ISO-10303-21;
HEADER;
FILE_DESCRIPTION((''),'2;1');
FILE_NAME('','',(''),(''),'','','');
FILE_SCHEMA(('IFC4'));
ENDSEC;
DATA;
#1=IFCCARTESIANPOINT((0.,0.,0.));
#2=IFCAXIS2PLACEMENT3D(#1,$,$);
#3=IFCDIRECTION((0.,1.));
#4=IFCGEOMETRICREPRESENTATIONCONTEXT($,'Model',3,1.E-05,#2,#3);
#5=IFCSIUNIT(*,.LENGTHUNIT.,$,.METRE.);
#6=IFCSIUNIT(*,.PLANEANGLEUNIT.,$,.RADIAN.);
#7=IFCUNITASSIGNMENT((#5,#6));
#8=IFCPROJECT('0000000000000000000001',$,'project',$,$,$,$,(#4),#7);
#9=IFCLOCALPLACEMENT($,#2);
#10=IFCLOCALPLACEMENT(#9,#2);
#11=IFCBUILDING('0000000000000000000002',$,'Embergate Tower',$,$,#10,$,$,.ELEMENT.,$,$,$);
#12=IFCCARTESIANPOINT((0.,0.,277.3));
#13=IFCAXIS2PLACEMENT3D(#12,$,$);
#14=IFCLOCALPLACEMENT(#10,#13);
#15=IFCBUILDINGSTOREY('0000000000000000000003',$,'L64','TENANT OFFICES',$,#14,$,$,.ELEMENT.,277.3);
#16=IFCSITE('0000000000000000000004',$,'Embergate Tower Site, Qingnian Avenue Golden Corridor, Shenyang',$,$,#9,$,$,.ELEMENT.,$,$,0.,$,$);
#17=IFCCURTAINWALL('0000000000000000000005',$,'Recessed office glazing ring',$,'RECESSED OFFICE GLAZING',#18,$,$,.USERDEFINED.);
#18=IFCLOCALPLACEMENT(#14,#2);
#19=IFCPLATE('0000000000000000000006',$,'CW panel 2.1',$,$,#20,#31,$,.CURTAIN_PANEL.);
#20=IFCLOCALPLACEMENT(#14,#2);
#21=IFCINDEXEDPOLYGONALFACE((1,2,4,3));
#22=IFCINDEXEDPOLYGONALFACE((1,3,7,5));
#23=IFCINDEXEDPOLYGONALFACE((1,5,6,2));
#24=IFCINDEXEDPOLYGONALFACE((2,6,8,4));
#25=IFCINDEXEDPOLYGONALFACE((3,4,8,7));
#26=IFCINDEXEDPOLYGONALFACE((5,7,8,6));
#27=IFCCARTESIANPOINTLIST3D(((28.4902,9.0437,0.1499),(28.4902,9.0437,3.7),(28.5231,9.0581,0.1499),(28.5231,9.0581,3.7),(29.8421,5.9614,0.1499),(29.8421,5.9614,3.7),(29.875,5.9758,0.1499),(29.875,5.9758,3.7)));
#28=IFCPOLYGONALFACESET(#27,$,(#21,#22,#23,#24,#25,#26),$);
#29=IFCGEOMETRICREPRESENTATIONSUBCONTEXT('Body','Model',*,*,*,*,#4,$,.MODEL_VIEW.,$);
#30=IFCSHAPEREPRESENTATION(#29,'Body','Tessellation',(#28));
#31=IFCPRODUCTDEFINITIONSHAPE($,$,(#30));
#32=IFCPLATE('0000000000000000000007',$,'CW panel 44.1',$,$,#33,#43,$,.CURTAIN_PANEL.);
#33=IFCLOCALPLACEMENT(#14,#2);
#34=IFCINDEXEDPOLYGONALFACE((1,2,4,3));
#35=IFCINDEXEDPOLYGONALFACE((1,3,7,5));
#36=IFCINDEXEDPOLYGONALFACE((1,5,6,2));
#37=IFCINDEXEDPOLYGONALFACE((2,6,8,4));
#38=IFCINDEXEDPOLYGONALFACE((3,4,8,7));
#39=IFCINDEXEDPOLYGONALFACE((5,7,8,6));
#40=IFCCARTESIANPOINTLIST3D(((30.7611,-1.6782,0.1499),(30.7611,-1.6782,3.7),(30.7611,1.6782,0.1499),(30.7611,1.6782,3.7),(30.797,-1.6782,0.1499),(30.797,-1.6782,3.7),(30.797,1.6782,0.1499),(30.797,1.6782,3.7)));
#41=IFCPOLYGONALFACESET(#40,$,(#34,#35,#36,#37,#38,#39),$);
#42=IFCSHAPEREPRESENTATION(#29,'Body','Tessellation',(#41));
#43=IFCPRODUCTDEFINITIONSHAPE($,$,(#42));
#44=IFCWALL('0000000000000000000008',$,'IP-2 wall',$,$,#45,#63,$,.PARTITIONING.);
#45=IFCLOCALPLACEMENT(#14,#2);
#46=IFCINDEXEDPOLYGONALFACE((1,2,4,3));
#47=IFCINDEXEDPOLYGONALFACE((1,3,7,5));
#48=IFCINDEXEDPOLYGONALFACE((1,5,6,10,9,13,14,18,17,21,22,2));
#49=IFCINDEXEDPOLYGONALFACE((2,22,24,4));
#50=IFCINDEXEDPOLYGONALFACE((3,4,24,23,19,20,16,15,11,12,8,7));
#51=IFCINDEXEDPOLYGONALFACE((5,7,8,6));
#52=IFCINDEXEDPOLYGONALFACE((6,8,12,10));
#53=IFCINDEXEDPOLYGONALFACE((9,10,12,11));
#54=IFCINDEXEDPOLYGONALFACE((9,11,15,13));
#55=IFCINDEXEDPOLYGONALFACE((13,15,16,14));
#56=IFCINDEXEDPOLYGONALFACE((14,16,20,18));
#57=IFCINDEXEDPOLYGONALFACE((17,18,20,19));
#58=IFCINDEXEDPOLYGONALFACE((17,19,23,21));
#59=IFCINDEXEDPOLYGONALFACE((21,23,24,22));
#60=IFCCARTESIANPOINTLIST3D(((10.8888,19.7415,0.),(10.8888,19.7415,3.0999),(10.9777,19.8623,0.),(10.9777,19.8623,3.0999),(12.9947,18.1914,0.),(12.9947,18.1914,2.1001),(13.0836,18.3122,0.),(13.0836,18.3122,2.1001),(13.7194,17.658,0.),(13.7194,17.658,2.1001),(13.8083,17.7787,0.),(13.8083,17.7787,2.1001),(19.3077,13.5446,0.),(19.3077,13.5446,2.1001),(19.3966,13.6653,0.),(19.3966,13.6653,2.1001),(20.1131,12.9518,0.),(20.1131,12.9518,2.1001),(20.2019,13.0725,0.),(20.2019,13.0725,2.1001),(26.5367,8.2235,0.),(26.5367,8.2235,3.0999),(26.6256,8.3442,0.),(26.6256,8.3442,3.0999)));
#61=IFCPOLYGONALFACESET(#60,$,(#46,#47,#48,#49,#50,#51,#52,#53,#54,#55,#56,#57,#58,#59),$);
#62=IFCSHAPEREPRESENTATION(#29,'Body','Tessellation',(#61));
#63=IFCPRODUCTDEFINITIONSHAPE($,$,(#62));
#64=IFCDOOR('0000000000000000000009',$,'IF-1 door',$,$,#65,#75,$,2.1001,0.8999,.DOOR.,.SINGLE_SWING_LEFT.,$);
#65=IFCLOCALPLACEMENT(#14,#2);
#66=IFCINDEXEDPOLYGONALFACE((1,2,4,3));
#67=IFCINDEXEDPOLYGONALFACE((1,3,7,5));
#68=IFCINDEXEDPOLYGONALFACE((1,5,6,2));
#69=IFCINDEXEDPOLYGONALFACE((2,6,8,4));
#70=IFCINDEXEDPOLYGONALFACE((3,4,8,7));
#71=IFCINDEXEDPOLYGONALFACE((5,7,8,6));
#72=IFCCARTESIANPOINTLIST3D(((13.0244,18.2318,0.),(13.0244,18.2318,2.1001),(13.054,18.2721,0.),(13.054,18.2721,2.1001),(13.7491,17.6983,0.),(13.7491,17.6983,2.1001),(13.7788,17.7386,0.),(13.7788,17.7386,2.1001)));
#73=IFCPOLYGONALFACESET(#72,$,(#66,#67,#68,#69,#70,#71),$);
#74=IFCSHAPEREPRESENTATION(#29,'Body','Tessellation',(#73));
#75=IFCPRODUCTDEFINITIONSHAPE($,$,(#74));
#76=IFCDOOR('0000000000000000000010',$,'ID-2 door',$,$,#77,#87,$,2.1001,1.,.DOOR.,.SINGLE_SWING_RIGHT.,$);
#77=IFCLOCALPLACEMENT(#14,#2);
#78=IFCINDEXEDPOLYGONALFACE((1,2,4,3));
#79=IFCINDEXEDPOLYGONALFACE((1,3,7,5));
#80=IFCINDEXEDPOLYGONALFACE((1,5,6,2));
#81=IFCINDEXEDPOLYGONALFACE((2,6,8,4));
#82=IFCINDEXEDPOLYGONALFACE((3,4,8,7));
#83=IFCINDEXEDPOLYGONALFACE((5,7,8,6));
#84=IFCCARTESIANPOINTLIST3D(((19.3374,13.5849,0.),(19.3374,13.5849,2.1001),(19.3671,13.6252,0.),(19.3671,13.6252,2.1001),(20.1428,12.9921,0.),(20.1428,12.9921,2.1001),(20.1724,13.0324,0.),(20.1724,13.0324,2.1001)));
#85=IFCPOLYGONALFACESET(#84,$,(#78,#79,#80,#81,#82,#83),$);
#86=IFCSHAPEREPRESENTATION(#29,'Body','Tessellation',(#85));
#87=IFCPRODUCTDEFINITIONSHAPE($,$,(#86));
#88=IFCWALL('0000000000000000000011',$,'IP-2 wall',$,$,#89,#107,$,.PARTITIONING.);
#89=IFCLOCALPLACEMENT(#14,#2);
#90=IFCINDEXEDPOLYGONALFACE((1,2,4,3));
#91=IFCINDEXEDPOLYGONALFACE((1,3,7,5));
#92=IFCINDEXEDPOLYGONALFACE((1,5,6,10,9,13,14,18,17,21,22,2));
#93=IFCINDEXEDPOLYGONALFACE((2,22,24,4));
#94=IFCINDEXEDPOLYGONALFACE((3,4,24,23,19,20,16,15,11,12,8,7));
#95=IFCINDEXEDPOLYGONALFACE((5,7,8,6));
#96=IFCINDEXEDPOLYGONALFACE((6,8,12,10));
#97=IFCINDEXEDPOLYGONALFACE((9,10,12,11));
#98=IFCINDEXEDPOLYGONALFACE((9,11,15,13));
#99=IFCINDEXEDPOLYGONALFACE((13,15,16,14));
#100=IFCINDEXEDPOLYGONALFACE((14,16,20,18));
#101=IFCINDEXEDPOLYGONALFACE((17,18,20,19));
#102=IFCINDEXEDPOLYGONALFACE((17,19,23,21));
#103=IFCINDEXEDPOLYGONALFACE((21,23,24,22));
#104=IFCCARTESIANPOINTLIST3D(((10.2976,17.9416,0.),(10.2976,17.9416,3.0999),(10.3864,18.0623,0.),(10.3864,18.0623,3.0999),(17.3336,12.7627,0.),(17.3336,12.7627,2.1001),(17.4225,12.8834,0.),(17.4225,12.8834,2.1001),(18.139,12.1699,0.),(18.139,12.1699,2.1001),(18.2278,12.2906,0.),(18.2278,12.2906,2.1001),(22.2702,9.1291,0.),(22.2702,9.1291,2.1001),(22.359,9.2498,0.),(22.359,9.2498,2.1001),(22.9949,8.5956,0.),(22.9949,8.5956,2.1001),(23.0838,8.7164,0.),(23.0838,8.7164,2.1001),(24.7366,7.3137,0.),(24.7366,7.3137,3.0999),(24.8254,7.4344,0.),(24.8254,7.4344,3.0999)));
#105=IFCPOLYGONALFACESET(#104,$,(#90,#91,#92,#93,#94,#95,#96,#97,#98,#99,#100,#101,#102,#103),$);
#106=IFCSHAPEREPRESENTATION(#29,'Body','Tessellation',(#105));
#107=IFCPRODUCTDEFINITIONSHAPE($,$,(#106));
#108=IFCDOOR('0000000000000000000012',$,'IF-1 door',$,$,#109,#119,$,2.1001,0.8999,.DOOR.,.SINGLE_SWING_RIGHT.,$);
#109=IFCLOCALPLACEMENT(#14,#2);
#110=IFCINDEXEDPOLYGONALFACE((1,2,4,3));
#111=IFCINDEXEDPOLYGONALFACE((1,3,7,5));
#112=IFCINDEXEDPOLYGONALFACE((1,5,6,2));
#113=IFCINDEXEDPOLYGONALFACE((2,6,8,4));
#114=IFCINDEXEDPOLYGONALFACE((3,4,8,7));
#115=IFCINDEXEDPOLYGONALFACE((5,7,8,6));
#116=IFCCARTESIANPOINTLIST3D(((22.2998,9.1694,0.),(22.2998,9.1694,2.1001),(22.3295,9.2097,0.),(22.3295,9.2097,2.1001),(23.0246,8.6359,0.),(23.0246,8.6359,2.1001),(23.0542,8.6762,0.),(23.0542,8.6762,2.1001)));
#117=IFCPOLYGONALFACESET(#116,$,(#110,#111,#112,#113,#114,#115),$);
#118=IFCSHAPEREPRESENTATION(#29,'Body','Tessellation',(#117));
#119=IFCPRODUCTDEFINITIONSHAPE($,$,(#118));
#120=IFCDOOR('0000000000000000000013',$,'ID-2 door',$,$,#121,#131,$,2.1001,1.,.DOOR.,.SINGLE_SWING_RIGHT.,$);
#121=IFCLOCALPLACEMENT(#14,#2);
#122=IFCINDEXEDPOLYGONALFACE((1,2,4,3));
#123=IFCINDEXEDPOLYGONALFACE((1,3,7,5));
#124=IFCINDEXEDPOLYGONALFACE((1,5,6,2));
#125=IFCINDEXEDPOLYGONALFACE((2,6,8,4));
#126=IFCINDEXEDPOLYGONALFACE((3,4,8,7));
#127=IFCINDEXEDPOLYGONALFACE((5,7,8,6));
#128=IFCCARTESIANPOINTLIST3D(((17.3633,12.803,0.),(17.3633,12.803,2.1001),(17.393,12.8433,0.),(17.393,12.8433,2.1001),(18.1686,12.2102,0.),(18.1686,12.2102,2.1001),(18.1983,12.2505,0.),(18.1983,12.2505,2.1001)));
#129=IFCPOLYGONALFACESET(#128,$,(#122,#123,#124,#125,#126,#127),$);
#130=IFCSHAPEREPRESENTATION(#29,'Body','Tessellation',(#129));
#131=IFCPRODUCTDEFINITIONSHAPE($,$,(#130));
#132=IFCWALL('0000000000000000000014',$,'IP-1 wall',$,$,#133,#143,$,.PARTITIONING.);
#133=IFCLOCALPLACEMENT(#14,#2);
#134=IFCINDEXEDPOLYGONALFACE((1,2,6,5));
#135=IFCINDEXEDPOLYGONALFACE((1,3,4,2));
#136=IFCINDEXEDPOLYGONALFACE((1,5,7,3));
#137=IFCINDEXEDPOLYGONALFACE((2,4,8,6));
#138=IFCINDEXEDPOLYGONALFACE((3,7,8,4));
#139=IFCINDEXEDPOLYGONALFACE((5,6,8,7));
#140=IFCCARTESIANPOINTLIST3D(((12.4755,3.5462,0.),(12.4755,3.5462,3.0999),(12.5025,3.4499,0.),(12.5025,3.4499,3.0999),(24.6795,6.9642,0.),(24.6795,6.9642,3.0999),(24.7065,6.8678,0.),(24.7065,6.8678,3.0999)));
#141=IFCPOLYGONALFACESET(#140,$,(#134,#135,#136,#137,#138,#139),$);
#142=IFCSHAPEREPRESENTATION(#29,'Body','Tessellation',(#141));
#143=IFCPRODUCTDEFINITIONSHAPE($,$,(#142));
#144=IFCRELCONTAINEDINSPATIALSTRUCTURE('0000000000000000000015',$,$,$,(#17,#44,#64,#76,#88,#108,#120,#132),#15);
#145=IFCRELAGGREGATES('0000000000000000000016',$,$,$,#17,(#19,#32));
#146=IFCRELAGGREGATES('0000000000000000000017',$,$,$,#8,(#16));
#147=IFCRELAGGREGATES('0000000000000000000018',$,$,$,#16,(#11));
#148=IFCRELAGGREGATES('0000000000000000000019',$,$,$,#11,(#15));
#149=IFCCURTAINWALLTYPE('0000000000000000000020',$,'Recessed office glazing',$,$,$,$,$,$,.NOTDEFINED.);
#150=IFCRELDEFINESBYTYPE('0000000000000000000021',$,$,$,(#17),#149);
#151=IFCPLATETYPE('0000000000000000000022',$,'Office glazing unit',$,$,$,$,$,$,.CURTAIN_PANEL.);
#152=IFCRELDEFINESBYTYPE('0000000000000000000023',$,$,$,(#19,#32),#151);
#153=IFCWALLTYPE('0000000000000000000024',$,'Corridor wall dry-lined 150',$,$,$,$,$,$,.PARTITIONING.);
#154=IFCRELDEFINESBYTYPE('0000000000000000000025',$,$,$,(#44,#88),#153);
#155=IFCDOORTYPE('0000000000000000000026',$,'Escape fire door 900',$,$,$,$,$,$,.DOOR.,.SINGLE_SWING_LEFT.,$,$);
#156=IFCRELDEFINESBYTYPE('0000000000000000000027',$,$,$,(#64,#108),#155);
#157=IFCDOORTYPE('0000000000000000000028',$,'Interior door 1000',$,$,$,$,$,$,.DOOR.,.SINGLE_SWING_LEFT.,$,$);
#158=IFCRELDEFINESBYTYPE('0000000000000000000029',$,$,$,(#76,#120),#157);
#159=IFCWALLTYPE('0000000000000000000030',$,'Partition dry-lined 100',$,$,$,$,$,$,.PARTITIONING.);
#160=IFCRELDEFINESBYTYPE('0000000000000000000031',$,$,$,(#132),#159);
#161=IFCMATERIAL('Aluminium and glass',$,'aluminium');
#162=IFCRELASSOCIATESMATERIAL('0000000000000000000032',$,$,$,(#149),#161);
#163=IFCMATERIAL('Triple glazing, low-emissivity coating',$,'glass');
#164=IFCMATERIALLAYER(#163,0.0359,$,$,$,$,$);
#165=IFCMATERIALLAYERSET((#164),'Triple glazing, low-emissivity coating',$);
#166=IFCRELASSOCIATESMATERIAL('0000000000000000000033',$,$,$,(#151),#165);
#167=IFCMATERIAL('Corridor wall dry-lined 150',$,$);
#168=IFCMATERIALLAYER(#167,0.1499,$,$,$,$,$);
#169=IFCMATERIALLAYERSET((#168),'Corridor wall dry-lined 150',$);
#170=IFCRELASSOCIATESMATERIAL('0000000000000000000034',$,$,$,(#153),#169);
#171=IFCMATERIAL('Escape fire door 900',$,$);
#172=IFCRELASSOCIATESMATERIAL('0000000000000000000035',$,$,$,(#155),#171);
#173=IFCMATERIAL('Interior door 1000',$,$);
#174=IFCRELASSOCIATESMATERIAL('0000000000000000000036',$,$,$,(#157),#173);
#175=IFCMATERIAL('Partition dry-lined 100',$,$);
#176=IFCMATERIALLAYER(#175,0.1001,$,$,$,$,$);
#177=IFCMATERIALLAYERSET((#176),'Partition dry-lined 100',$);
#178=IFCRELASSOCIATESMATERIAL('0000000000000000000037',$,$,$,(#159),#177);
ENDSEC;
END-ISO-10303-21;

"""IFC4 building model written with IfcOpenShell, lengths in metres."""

from ifc_helpers import new_model, si_unit, direction, frame, frame_2d, origin, origin_2d, place, context, subcontext, project, spatial, rectangle, extrude, source, transform, mapped, material, layer, layer_set, type_object, element, fill, aggregate, save


model = new_model("IFC4")

# Units and contexts
model_context = context("Model", 3, precision=1e-05, world=origin(), true_north=direction((0.0, 1.0)))
body_context = subcontext(model_context, "Body", "Model", "MODEL_VIEW")
ifc_project = project(units=[si_unit("LENGTHUNIT", "METRE"), si_unit("PLANEANGLEUNIT", "RADIAN")], contexts=[model_context])

# Site, building, storey
site_placement = place(None, origin())
site = spatial("IfcSite", under=ifc_project, at=site_placement, Name="Embergate Tower Site, Qingnian Avenue Golden Corridor, Shenyang", CompositionType="ELEMENT", RefElevation=0.0)
building_placement = place(site_placement, origin())
building = spatial("IfcBuilding", under=site, at=building_placement, Name="Embergate Tower", CompositionType="ELEMENT")
storey_placement = place(building_placement, frame((0.0, 0.0, 277.3)))
storey = spatial("IfcBuildingStorey", under=building, at=storey_placement, Name="L64", Description="TENANT OFFICES", CompositionType="ELEMENT", Elevation=277.3)

# Curtain wall, plates
ifc_material_1 = material(Name="Aluminium and glass", Category="aluminium")
curtain_wall_type = type_object("IfcCurtainWallType", Name="Recessed office glazing", PredefinedType="NOTDEFINED", material=ifc_material_1)
curtain_wall_placement = place(storey_placement, origin())
curtain_wall = element("IfcCurtainWall", 1, at=curtain_wall_placement, inside=storey, type_object=curtain_wall_type, Name="Recessed office glazing ring", ObjectType="RECESSED OFFICE GLAZING", PredefinedType="USERDEFINED")
ifc_material_2 = material(Name="Triple glazing, low-emissivity coating", Category="glass")
ifc_layer_1 = layer(ifc_material_2, 0.0359)
ifc_layer_set_1 = layer_set([ifc_layer_1], Name="Triple glazing, low-emissivity coating")
plate_type = type_object("IfcPlateType", Name="Office glazing unit", PredefinedType="CURTAIN_PANEL", material=ifc_layer_set_1)
shared_shape_1 = source(origin(), body_context, "Body", "SweptSolid", [
    extrude(rectangle(XDim=3.3657, YDim=0.0359, at=origin_2d()), origin(), (0.0, 0.0, 1.0), 3.55),
])
plate_1_placement = place(storey_placement, frame((29.1826, 7.5098, 0.1499), z_axis=(0.0, 0.0, 1.0), x_axis=(-0.401658, 0.91579, 0.0)))
plate_1 = element("IfcPlate", 2, at=plate_1_placement, type_object=plate_type, Name="CW panel 2.1", PredefinedType="CURTAIN_PANEL", context=body_context, shape_type="MappedRepresentation", body=[
    mapped(shared_shape_1, transform((0.0, 0.0, 0.0))),
])
shared_shape_2 = source(origin(), body_context, "Body", "SweptSolid", [
    extrude(rectangle(XDim=3.3564, YDim=0.0359, at=origin_2d()), origin(), (0.0, 0.0, 1.0), 3.55),
])
plate_2_placement = place(storey_placement, frame((30.7791, 0.0, 0.1499), z_axis=(0.0, 0.0, 1.0), x_axis=(0.0, 1.0, 0.0)))
plate_2 = element("IfcPlate", 3, at=plate_2_placement, type_object=plate_type, Name="CW panel 44.1", PredefinedType="CURTAIN_PANEL", context=body_context, shape_type="MappedRepresentation", body=[
    mapped(shared_shape_2, transform((0.0, 0.0, 0.0))),
])
aggregate(curtain_wall, [plate_1, plate_2])

# Walls, openings, doors
ifc_material_3 = material(Name="Corridor wall dry-lined 150")
ifc_layer_2 = layer(ifc_material_3, 0.1499)
ifc_layer_set_2 = layer_set([ifc_layer_2], Name="Corridor wall dry-lined 150")
wall_type_1 = type_object("IfcWallType", Name="Corridor wall dry-lined 150", PredefinedType="PARTITIONING", material=ifc_layer_set_2)
shared_shape_3 = source(origin(), body_context, "Body", "SweptSolid", [
    extrude(rectangle(XDim=19.4299, YDim=0.1499, at=frame_2d((9.7148, 0.0))), origin(), (0.0, 0.0, 1.0), 3.0999),
])
wall_1_placement = place(storey_placement, frame((26.5811, 8.2839, 0.0), z_axis=(0.0, 0.0, 1.0), x_axis=(-0.805351, 0.592799, 0.0)))
wall_1 = element("IfcWall", 4, at=wall_1_placement, inside=storey, type_object=wall_type_1, Name="IP-2 wall", PredefinedType="PARTITIONING", context=body_context, shape_type="MappedRepresentation", body=[
    mapped(shared_shape_3, transform((0.0, 0.0, 0.0))),
])
shared_shape_4 = source(origin(), body_context, "Body", "SweptSolid", [
    extrude(rectangle(XDim=1.0, YDim=2.1001, at=frame_2d((0.5, 1.05))), frame((0.0, 0.085, 0.0), z_axis=(0.0, -1.0, 0.0), x_axis=(1.0, 0.0, 0.0)), (0.0, 0.0, 1.0), 0.1699),
])
opening_1_placement = place(wall_1_placement, frame((7.9761, 0.0, 0.0)))
opening_1 = element("IfcOpeningElement", 5, at=opening_1_placement, cuts=wall_1, PredefinedType="OPENING", context=body_context, shape_type="MappedRepresentation", body=[
    mapped(shared_shape_4, transform((0.0, 0.0, 0.0))),
])
shared_shape_5 = source(origin(), body_context, "Body", "SweptSolid", [
    extrude(rectangle(XDim=0.8999, YDim=2.1001, at=frame_2d((0.45, 1.05))), frame((0.0, 0.085, 0.0), z_axis=(0.0, -1.0, 0.0), x_axis=(1.0, 0.0, 0.0)), (0.0, 0.0, 1.0), 0.1699),
])
opening_2_placement = place(wall_1_placement, frame((15.915, 0.0, 0.0)))
opening_2 = element("IfcOpeningElement", 6, at=opening_2_placement, cuts=wall_1, PredefinedType="OPENING", context=body_context, shape_type="MappedRepresentation", body=[
    mapped(shared_shape_5, transform((0.0, 0.0, 0.0))),
])
ifc_material_4 = material(Name="Escape fire door 900")
door_type_1 = type_object("IfcDoorType", Name="Escape fire door 900", OperationType="SINGLE_SWING_LEFT", PredefinedType="DOOR", material=ifc_material_4)
shared_shape_6 = source(origin(), body_context, "Body", "SweptSolid", [
    extrude(rectangle(XDim=0.8999, YDim=2.1001, at=frame_2d((0.45, 1.05))), frame((0.0, 0.0249, 0.0), z_axis=(0.0, -1.0, 0.0), x_axis=(1.0, 0.0, 0.0)), (0.0, 0.0, 1.0), 0.05),
])
door_1_placement = place(opening_2_placement, origin())
door_1 = element("IfcDoor", 7, at=door_1_placement, inside=storey, type_object=door_type_1, Name="IF-1 door", OperationType="SINGLE_SWING_LEFT", OverallHeight=2.1001, OverallWidth=0.8999, PredefinedType="DOOR", context=body_context, shape_type="MappedRepresentation", body=[
    mapped(shared_shape_6, transform((0.0, 0.0, 0.0))),
])
fill(opening_2, door_1)
ifc_material_5 = material(Name="Interior door 1000")
door_type_2 = type_object("IfcDoorType", Name="Interior door 1000", OperationType="SINGLE_SWING_LEFT", PredefinedType="DOOR", material=ifc_material_5)
shared_shape_7 = source(origin(), body_context, "Body", "SweptSolid", [
    extrude(rectangle(XDim=1.0, YDim=2.1001, at=frame_2d((0.5, 1.05))), frame((0.0, 0.0249, 0.0), z_axis=(0.0, -1.0, 0.0), x_axis=(1.0, 0.0, 0.0)), (0.0, 0.0, 1.0), 0.05),
])
door_2_placement = place(opening_1_placement, origin())
door_2 = element("IfcDoor", 8, at=door_2_placement, inside=storey, type_object=door_type_2, Name="ID-2 door", OperationType="SINGLE_SWING_RIGHT", OverallHeight=2.1001, OverallWidth=1.0, PredefinedType="DOOR", context=body_context, shape_type="MappedRepresentation", body=[
    mapped(shared_shape_7, transform((0.0, 0.0, 0.0))),
])
fill(opening_1, door_2)
shared_shape_8 = source(origin(), body_context, "Body", "SweptSolid", [
    extrude(rectangle(XDim=17.9287, YDim=0.1499, at=frame_2d((8.9644, 0.0))), origin(), (0.0, 0.0, 1.0), 3.0999),
])
wall_2_placement = place(storey_placement, frame((24.781, 7.374, 0.0), z_axis=(0.0, 0.0, 1.0), x_axis=(-0.805357, 0.59279, 0.0)))
wall_2 = element("IfcWall", 9, at=wall_2_placement, inside=storey, type_object=wall_type_1, Name="IP-2 wall", PredefinedType="PARTITIONING", context=body_context, shape_type="MappedRepresentation", body=[
    mapped(shared_shape_8, transform((0.0, 0.0, 0.0))),
])
opening_3_placement = place(wall_2_placement, frame((2.1626, 0.0, 0.0)))
opening_3 = element("IfcOpeningElement", 10, at=opening_3_placement, cuts=wall_2, PredefinedType="OPENING", context=body_context, shape_type="MappedRepresentation", body=[
    mapped(shared_shape_5, transform((0.0, 0.0, 0.0))),
])
opening_4_placement = place(wall_2_placement, frame((8.1921, 0.0, 0.0)))
opening_4 = element("IfcOpeningElement", 11, at=opening_4_placement, cuts=wall_2, PredefinedType="OPENING", context=body_context, shape_type="MappedRepresentation", body=[
    mapped(shared_shape_4, transform((0.0, 0.0, 0.0))),
])
door_3_placement = place(opening_3_placement, origin())
door_3 = element("IfcDoor", 12, at=door_3_placement, inside=storey, type_object=door_type_1, Name="IF-1 door", OperationType="SINGLE_SWING_RIGHT", OverallHeight=2.1001, OverallWidth=0.8999, PredefinedType="DOOR", context=body_context, shape_type="MappedRepresentation", body=[
    mapped(shared_shape_6, transform((0.0, 0.0, 0.0))),
])
fill(opening_3, door_3)
door_4_placement = place(opening_4_placement, origin())
door_4 = element("IfcDoor", 13, at=door_4_placement, inside=storey, type_object=door_type_2, Name="ID-2 door", OperationType="SINGLE_SWING_RIGHT", OverallHeight=2.1001, OverallWidth=1.0, PredefinedType="DOOR", context=body_context, shape_type="MappedRepresentation", body=[
    mapped(shared_shape_7, transform((0.0, 0.0, 0.0))),
])
fill(opening_4, door_4)

# Wall
ifc_material_6 = material(Name="Partition dry-lined 100")
ifc_layer_3 = layer(ifc_material_6, 0.1001)
ifc_layer_set_3 = layer_set([ifc_layer_3], Name="Partition dry-lined 100")
wall_type_2 = type_object("IfcWallType", Name="Partition dry-lined 100", PredefinedType="PARTITIONING", material=ifc_layer_set_3)
shared_shape_9 = source(origin(), body_context, "Body", "SweptSolid", [
    extrude(rectangle(XDim=12.6736, YDim=0.1001, at=frame_2d((6.3369, 0.0))), origin(), (0.0, 0.0, 1.0), 3.0999),
])
wall_3_placement = place(storey_placement, frame((24.6931, 6.916, 0.0), z_axis=(0.0, 0.0, 1.0), x_axis=(-0.962947, -0.26969, 0.0)))
element("IfcWall", 14, at=wall_3_placement, inside=storey, type_object=wall_type_2, Name="IP-1 wall", PredefinedType="PARTITIONING", context=body_context, shape_type="MappedRepresentation", body=[
    mapped(shared_shape_9, transform((0.0, 0.0, 0.0))),
])

save(model, "model.ifc")
